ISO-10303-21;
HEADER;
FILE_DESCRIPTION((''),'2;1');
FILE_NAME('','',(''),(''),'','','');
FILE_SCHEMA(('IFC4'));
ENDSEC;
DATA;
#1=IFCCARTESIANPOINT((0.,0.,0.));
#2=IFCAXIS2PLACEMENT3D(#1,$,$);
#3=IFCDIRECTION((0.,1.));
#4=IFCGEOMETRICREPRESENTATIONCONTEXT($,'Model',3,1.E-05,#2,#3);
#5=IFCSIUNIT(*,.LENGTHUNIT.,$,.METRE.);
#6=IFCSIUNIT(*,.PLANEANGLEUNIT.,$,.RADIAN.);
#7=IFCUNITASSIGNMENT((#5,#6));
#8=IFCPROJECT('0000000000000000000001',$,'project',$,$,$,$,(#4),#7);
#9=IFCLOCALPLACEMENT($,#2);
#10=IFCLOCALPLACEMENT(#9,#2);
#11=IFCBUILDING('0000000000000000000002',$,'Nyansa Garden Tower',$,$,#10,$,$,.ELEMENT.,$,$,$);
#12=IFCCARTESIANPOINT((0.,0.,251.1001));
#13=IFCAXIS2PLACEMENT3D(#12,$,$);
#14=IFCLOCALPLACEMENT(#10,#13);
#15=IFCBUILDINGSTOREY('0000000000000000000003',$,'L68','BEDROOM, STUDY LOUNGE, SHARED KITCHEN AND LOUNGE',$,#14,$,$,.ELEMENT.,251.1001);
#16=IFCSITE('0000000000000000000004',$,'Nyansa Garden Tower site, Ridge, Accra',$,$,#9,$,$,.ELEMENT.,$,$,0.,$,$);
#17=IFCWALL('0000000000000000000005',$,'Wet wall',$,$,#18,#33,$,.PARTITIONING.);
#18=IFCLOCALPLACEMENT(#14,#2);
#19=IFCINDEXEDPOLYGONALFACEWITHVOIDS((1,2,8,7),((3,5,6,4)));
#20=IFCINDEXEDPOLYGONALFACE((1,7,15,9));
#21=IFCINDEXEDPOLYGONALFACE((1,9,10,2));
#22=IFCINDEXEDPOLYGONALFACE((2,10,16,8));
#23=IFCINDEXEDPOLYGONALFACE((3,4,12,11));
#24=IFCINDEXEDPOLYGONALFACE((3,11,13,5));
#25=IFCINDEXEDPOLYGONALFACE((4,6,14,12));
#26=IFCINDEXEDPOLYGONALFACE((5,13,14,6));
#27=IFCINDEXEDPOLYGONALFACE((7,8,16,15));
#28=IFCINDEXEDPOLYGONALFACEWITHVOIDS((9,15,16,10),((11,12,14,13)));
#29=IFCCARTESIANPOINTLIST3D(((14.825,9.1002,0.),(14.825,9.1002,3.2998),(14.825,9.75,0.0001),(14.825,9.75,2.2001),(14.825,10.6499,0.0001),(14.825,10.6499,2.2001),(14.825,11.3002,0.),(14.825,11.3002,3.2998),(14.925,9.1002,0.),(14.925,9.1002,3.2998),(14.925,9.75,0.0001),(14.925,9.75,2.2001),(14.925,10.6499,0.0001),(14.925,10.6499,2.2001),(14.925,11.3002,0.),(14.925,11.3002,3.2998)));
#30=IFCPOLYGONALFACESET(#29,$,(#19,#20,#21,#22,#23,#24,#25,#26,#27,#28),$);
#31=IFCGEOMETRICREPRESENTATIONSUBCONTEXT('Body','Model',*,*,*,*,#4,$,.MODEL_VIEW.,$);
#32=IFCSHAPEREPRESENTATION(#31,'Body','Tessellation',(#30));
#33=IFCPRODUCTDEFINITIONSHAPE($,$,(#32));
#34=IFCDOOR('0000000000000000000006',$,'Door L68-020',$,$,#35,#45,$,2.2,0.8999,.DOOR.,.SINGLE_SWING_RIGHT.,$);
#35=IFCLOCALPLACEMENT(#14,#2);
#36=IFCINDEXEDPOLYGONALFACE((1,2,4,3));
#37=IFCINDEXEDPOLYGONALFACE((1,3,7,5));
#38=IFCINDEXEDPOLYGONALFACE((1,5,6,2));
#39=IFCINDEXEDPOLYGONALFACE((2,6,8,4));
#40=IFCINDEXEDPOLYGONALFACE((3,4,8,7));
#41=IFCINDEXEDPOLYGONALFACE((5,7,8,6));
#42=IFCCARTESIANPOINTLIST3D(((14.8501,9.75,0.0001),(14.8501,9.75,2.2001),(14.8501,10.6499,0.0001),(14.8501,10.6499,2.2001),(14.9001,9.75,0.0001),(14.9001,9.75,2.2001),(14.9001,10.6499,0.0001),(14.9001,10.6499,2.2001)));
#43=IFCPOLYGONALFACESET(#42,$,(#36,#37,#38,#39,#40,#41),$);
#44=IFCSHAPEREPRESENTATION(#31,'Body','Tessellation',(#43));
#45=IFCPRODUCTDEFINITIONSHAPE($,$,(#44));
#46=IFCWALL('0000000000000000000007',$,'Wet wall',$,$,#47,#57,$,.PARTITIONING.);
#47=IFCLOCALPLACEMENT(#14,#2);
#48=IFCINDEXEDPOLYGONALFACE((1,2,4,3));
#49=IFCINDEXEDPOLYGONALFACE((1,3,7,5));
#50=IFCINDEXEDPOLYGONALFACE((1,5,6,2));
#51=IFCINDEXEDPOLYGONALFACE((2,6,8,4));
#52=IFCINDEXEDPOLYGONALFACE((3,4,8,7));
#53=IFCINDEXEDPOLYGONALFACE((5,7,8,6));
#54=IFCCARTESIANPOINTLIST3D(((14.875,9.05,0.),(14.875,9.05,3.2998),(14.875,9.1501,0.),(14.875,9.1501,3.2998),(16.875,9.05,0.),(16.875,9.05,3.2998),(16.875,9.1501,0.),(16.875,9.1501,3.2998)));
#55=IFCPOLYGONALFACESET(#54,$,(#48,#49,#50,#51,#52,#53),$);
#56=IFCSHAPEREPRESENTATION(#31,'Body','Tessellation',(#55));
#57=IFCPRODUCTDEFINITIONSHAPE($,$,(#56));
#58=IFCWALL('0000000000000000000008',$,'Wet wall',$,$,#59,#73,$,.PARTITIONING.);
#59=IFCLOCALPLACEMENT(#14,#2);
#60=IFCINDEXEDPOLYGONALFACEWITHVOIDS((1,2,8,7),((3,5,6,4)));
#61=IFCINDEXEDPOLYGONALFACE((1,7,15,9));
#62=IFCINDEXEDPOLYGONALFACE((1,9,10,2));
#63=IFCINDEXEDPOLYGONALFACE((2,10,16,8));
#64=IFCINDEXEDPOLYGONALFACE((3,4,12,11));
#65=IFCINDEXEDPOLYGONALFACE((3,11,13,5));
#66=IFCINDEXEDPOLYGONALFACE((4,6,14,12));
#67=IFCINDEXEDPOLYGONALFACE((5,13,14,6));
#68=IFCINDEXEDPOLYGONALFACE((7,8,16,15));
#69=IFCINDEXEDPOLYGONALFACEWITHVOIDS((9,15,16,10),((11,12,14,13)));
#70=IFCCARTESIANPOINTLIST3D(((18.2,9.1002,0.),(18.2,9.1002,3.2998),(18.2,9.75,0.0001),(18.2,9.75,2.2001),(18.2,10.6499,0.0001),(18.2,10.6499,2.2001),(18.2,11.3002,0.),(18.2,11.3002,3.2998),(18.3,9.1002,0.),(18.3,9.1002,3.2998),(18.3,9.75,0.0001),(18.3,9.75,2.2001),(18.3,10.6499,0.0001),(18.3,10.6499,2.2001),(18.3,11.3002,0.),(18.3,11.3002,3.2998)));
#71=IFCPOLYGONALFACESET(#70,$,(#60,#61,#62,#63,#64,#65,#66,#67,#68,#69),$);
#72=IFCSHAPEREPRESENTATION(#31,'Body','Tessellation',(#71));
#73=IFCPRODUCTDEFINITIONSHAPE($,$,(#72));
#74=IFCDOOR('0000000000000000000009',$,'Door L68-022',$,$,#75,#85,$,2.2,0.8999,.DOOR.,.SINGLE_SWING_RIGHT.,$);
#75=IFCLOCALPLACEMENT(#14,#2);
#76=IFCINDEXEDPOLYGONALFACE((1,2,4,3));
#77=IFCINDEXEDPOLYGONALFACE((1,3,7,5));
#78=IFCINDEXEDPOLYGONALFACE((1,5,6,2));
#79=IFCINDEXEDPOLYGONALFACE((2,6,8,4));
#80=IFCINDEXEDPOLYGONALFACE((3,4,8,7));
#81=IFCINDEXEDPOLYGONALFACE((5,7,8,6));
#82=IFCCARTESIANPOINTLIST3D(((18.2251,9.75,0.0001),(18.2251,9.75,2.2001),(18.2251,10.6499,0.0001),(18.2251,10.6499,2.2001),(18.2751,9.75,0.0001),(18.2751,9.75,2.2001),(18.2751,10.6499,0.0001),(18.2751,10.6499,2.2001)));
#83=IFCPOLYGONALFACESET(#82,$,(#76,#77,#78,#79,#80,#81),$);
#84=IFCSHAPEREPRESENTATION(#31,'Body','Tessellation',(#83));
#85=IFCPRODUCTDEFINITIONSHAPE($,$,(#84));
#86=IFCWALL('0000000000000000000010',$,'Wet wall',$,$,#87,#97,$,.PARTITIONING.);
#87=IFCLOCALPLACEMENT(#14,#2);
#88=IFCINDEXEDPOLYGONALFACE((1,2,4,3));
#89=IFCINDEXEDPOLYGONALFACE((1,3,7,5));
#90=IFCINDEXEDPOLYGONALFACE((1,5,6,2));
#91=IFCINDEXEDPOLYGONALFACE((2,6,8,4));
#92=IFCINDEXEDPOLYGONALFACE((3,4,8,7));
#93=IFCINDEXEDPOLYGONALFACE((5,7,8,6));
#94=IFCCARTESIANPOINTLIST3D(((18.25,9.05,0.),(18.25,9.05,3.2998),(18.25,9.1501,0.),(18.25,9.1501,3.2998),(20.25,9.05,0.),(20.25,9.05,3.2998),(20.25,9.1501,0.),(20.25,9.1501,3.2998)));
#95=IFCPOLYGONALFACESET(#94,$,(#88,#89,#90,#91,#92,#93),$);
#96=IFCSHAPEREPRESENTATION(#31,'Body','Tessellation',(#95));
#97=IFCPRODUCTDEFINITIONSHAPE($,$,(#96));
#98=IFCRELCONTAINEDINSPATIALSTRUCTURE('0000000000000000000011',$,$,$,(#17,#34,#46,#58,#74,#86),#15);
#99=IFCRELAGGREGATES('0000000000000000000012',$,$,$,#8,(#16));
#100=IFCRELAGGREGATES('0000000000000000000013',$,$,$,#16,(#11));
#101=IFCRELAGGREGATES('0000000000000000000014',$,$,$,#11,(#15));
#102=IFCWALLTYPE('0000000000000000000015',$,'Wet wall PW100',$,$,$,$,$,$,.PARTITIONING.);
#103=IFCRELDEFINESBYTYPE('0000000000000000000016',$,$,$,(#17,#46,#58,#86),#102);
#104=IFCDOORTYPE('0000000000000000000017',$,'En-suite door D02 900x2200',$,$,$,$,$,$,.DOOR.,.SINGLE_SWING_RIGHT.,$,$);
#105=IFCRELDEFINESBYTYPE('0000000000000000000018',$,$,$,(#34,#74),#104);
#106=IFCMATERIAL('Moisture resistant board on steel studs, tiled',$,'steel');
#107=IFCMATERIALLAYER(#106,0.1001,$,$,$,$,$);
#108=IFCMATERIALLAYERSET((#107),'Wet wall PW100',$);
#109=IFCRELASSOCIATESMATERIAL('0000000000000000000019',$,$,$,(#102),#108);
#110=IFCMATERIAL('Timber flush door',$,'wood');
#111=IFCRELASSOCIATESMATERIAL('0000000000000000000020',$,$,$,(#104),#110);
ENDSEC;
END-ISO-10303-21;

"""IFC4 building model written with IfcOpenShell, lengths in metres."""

from ifc_helpers import new_model, si_unit, direction, frame, frame_2d, origin, place, context, subcontext, project, spatial, rectangle, extrude, material, layer, layer_set, type_object, element, fill, save


model = new_model("IFC4")

# Units and contexts
model_context = context("Model", 3, precision=1e-05, world=origin(), true_north=direction((0.0, 1.0)))
body_context = subcontext(model_context, "Body", "Model", "MODEL_VIEW")
ifc_project = project(units=[si_unit("LENGTHUNIT", "METRE"), si_unit("PLANEANGLEUNIT", "RADIAN")], contexts=[model_context])

# Site, building, storey
site_placement = place(None, origin())
site = spatial("IfcSite", under=ifc_project, at=site_placement, Name="Nyansa Garden Tower site, Ridge, Accra", CompositionType="ELEMENT", RefElevation=0.0)
building_placement = place(site_placement, origin())
building = spatial("IfcBuilding", under=site, at=building_placement, Name="Nyansa Garden Tower", CompositionType="ELEMENT")
storey_placement = place(building_placement, frame((0.0, 0.0, 251.1001)))
storey = spatial("IfcBuildingStorey", under=building, at=storey_placement, Name="L68", Description="BEDROOM, STUDY LOUNGE, SHARED KITCHEN AND LOUNGE", CompositionType="ELEMENT", Elevation=251.1001)

# Wall, opening, door
ifc_material_1 = material(Name="Moisture resistant board on steel studs, tiled", Category="steel")
ifc_layer_1 = layer(ifc_material_1, 0.1001)
ifc_layer_set_1 = layer_set([ifc_layer_1], Name="Wet wall PW100")
wall_type_1 = type_object("IfcWallType", Name="Wet wall PW100", PredefinedType="PARTITIONING", material=ifc_layer_set_1)
wall_1_placement = place(storey_placement, frame((14.875, 9.1001, 0.0), z_axis=(0.0, 0.0, 1.0), x_axis=(0.0, 1.0, 0.0)))
wall_1 = element("IfcWall", 1, at=wall_1_placement, inside=storey, type_object=wall_type_1, Name="Wet wall", PredefinedType="PARTITIONING", context=body_context, shape_type="SweptSolid", body=[
    extrude(rectangle(XDim=2.2, YDim=0.1001, at=frame_2d((1.1001, 0.0))), origin(), (0.0, 0.0, 1.0), 3.2998),
])
opening_1_placement = place(wall_1_placement, frame((0.6499, 0.0, 0.0)))
opening_1 = element("IfcOpeningElement", 2, at=opening_1_placement, cuts=wall_1, PredefinedType="OPENING", context=body_context, shape_type="SweptSolid", body=[
    extrude(rectangle(XDim=0.8999, YDim=2.2, at=frame_2d((0.45, 1.1001))), frame((0.0, 0.0601, 0.0), z_axis=(0.0, -1.0, 0.0), x_axis=(1.0, 0.0, 0.0)), (0.0, 0.0, 1.0), 0.1201),
])
ifc_material_2 = material(Name="Timber flush door", Category="wood")
door_type_1 = type_object("IfcDoorType", Name="En-suite door D02 900x2200", OperationType="SINGLE_SWING_RIGHT", PredefinedType="DOOR", material=ifc_material_2)
door_1_placement = place(opening_1_placement, origin())
door_1 = element("IfcDoor", 3, at=door_1_placement, inside=storey, type_object=door_type_1, Name="Door L68-020", OperationType="SINGLE_SWING_RIGHT", OverallHeight=2.2, OverallWidth=0.8999, PredefinedType="DOOR", context=body_context, shape_type="SweptSolid", body=[
    extrude(rectangle(XDim=0.8999, YDim=2.2, at=frame_2d((0.45, 1.1001))), frame((0.0, 0.0249, 0.0), z_axis=(0.0, -1.0, 0.0), x_axis=(1.0, 0.0, 0.0)), (0.0, 0.0, 1.0), 0.05),
])
fill(opening_1, door_1)

# Wall
wall_2_placement = place(storey_placement, frame((14.875, 9.1001, 0.0), z_axis=(0.0, 0.0, 1.0), x_axis=(1.0, 0.0, 0.0)))
element("IfcWall", 4, at=wall_2_placement, inside=storey, type_object=wall_type_1, Name="Wet wall", PredefinedType="PARTITIONING", context=body_context, shape_type="SweptSolid", body=[
    extrude(rectangle(XDim=2.0, YDim=0.1001, at=frame_2d((1.0, 0.0))), origin(), (0.0, 0.0, 1.0), 3.2998),
])

# Wall, opening, door
wall_3_placement = place(storey_placement, frame((18.25, 9.1001, 0.0), z_axis=(0.0, 0.0, 1.0), x_axis=(0.0, 1.0, 0.0)))
wall_3 = element("IfcWall", 5, at=wall_3_placement, inside=storey, type_object=wall_type_1, Name="Wet wall", PredefinedType="PARTITIONING", context=body_context, shape_type="SweptSolid", body=[
    extrude(rectangle(XDim=2.2, YDim=0.1001, at=frame_2d((1.1001, 0.0))), origin(), (0.0, 0.0, 1.0), 3.2998),
])
opening_2_placement = place(wall_3_placement, frame((0.6499, 0.0, 0.0)))
opening_2 = element("IfcOpeningElement", 6, at=opening_2_placement, cuts=wall_3, PredefinedType="OPENING", context=body_context, shape_type="SweptSolid", body=[
    extrude(rectangle(XDim=0.8999, YDim=2.2, at=frame_2d((0.45, 1.1001))), frame((0.0, 0.0601, 0.0), z_axis=(0.0, -1.0, 0.0), x_axis=(1.0, 0.0, 0.0)), (0.0, 0.0, 1.0), 0.1201),
])
door_2_placement = place(opening_2_placement, origin())
door_2 = element("IfcDoor", 7, at=door_2_placement, inside=storey, type_object=door_type_1, Name="Door L68-022", OperationType="SINGLE_SWING_RIGHT", OverallHeight=2.2, OverallWidth=0.8999, PredefinedType="DOOR", context=body_context, shape_type="SweptSolid", body=[
    extrude(rectangle(XDim=0.8999, YDim=2.2, at=frame_2d((0.45, 1.1001))), frame((0.0, 0.0249, 0.0), z_axis=(0.0, -1.0, 0.0), x_axis=(1.0, 0.0, 0.0)), (0.0, 0.0, 1.0), 0.05),
])
fill(opening_2, door_2)

# Wall
wall_4_placement = place(storey_placement, frame((18.25, 9.1001, 0.0), z_axis=(0.0, 0.0, 1.0), x_axis=(1.0, 0.0, 0.0)))
element("IfcWall", 8, at=wall_4_placement, inside=storey, type_object=wall_type_1, Name="Wet wall", PredefinedType="PARTITIONING", context=body_context, shape_type="SweptSolid", body=[
    extrude(rectangle(XDim=2.0, YDim=0.1001, at=frame_2d((1.0, 0.0))), origin(), (0.0, 0.0, 1.0), 3.2998),
])

save(model, "model.ifc")
